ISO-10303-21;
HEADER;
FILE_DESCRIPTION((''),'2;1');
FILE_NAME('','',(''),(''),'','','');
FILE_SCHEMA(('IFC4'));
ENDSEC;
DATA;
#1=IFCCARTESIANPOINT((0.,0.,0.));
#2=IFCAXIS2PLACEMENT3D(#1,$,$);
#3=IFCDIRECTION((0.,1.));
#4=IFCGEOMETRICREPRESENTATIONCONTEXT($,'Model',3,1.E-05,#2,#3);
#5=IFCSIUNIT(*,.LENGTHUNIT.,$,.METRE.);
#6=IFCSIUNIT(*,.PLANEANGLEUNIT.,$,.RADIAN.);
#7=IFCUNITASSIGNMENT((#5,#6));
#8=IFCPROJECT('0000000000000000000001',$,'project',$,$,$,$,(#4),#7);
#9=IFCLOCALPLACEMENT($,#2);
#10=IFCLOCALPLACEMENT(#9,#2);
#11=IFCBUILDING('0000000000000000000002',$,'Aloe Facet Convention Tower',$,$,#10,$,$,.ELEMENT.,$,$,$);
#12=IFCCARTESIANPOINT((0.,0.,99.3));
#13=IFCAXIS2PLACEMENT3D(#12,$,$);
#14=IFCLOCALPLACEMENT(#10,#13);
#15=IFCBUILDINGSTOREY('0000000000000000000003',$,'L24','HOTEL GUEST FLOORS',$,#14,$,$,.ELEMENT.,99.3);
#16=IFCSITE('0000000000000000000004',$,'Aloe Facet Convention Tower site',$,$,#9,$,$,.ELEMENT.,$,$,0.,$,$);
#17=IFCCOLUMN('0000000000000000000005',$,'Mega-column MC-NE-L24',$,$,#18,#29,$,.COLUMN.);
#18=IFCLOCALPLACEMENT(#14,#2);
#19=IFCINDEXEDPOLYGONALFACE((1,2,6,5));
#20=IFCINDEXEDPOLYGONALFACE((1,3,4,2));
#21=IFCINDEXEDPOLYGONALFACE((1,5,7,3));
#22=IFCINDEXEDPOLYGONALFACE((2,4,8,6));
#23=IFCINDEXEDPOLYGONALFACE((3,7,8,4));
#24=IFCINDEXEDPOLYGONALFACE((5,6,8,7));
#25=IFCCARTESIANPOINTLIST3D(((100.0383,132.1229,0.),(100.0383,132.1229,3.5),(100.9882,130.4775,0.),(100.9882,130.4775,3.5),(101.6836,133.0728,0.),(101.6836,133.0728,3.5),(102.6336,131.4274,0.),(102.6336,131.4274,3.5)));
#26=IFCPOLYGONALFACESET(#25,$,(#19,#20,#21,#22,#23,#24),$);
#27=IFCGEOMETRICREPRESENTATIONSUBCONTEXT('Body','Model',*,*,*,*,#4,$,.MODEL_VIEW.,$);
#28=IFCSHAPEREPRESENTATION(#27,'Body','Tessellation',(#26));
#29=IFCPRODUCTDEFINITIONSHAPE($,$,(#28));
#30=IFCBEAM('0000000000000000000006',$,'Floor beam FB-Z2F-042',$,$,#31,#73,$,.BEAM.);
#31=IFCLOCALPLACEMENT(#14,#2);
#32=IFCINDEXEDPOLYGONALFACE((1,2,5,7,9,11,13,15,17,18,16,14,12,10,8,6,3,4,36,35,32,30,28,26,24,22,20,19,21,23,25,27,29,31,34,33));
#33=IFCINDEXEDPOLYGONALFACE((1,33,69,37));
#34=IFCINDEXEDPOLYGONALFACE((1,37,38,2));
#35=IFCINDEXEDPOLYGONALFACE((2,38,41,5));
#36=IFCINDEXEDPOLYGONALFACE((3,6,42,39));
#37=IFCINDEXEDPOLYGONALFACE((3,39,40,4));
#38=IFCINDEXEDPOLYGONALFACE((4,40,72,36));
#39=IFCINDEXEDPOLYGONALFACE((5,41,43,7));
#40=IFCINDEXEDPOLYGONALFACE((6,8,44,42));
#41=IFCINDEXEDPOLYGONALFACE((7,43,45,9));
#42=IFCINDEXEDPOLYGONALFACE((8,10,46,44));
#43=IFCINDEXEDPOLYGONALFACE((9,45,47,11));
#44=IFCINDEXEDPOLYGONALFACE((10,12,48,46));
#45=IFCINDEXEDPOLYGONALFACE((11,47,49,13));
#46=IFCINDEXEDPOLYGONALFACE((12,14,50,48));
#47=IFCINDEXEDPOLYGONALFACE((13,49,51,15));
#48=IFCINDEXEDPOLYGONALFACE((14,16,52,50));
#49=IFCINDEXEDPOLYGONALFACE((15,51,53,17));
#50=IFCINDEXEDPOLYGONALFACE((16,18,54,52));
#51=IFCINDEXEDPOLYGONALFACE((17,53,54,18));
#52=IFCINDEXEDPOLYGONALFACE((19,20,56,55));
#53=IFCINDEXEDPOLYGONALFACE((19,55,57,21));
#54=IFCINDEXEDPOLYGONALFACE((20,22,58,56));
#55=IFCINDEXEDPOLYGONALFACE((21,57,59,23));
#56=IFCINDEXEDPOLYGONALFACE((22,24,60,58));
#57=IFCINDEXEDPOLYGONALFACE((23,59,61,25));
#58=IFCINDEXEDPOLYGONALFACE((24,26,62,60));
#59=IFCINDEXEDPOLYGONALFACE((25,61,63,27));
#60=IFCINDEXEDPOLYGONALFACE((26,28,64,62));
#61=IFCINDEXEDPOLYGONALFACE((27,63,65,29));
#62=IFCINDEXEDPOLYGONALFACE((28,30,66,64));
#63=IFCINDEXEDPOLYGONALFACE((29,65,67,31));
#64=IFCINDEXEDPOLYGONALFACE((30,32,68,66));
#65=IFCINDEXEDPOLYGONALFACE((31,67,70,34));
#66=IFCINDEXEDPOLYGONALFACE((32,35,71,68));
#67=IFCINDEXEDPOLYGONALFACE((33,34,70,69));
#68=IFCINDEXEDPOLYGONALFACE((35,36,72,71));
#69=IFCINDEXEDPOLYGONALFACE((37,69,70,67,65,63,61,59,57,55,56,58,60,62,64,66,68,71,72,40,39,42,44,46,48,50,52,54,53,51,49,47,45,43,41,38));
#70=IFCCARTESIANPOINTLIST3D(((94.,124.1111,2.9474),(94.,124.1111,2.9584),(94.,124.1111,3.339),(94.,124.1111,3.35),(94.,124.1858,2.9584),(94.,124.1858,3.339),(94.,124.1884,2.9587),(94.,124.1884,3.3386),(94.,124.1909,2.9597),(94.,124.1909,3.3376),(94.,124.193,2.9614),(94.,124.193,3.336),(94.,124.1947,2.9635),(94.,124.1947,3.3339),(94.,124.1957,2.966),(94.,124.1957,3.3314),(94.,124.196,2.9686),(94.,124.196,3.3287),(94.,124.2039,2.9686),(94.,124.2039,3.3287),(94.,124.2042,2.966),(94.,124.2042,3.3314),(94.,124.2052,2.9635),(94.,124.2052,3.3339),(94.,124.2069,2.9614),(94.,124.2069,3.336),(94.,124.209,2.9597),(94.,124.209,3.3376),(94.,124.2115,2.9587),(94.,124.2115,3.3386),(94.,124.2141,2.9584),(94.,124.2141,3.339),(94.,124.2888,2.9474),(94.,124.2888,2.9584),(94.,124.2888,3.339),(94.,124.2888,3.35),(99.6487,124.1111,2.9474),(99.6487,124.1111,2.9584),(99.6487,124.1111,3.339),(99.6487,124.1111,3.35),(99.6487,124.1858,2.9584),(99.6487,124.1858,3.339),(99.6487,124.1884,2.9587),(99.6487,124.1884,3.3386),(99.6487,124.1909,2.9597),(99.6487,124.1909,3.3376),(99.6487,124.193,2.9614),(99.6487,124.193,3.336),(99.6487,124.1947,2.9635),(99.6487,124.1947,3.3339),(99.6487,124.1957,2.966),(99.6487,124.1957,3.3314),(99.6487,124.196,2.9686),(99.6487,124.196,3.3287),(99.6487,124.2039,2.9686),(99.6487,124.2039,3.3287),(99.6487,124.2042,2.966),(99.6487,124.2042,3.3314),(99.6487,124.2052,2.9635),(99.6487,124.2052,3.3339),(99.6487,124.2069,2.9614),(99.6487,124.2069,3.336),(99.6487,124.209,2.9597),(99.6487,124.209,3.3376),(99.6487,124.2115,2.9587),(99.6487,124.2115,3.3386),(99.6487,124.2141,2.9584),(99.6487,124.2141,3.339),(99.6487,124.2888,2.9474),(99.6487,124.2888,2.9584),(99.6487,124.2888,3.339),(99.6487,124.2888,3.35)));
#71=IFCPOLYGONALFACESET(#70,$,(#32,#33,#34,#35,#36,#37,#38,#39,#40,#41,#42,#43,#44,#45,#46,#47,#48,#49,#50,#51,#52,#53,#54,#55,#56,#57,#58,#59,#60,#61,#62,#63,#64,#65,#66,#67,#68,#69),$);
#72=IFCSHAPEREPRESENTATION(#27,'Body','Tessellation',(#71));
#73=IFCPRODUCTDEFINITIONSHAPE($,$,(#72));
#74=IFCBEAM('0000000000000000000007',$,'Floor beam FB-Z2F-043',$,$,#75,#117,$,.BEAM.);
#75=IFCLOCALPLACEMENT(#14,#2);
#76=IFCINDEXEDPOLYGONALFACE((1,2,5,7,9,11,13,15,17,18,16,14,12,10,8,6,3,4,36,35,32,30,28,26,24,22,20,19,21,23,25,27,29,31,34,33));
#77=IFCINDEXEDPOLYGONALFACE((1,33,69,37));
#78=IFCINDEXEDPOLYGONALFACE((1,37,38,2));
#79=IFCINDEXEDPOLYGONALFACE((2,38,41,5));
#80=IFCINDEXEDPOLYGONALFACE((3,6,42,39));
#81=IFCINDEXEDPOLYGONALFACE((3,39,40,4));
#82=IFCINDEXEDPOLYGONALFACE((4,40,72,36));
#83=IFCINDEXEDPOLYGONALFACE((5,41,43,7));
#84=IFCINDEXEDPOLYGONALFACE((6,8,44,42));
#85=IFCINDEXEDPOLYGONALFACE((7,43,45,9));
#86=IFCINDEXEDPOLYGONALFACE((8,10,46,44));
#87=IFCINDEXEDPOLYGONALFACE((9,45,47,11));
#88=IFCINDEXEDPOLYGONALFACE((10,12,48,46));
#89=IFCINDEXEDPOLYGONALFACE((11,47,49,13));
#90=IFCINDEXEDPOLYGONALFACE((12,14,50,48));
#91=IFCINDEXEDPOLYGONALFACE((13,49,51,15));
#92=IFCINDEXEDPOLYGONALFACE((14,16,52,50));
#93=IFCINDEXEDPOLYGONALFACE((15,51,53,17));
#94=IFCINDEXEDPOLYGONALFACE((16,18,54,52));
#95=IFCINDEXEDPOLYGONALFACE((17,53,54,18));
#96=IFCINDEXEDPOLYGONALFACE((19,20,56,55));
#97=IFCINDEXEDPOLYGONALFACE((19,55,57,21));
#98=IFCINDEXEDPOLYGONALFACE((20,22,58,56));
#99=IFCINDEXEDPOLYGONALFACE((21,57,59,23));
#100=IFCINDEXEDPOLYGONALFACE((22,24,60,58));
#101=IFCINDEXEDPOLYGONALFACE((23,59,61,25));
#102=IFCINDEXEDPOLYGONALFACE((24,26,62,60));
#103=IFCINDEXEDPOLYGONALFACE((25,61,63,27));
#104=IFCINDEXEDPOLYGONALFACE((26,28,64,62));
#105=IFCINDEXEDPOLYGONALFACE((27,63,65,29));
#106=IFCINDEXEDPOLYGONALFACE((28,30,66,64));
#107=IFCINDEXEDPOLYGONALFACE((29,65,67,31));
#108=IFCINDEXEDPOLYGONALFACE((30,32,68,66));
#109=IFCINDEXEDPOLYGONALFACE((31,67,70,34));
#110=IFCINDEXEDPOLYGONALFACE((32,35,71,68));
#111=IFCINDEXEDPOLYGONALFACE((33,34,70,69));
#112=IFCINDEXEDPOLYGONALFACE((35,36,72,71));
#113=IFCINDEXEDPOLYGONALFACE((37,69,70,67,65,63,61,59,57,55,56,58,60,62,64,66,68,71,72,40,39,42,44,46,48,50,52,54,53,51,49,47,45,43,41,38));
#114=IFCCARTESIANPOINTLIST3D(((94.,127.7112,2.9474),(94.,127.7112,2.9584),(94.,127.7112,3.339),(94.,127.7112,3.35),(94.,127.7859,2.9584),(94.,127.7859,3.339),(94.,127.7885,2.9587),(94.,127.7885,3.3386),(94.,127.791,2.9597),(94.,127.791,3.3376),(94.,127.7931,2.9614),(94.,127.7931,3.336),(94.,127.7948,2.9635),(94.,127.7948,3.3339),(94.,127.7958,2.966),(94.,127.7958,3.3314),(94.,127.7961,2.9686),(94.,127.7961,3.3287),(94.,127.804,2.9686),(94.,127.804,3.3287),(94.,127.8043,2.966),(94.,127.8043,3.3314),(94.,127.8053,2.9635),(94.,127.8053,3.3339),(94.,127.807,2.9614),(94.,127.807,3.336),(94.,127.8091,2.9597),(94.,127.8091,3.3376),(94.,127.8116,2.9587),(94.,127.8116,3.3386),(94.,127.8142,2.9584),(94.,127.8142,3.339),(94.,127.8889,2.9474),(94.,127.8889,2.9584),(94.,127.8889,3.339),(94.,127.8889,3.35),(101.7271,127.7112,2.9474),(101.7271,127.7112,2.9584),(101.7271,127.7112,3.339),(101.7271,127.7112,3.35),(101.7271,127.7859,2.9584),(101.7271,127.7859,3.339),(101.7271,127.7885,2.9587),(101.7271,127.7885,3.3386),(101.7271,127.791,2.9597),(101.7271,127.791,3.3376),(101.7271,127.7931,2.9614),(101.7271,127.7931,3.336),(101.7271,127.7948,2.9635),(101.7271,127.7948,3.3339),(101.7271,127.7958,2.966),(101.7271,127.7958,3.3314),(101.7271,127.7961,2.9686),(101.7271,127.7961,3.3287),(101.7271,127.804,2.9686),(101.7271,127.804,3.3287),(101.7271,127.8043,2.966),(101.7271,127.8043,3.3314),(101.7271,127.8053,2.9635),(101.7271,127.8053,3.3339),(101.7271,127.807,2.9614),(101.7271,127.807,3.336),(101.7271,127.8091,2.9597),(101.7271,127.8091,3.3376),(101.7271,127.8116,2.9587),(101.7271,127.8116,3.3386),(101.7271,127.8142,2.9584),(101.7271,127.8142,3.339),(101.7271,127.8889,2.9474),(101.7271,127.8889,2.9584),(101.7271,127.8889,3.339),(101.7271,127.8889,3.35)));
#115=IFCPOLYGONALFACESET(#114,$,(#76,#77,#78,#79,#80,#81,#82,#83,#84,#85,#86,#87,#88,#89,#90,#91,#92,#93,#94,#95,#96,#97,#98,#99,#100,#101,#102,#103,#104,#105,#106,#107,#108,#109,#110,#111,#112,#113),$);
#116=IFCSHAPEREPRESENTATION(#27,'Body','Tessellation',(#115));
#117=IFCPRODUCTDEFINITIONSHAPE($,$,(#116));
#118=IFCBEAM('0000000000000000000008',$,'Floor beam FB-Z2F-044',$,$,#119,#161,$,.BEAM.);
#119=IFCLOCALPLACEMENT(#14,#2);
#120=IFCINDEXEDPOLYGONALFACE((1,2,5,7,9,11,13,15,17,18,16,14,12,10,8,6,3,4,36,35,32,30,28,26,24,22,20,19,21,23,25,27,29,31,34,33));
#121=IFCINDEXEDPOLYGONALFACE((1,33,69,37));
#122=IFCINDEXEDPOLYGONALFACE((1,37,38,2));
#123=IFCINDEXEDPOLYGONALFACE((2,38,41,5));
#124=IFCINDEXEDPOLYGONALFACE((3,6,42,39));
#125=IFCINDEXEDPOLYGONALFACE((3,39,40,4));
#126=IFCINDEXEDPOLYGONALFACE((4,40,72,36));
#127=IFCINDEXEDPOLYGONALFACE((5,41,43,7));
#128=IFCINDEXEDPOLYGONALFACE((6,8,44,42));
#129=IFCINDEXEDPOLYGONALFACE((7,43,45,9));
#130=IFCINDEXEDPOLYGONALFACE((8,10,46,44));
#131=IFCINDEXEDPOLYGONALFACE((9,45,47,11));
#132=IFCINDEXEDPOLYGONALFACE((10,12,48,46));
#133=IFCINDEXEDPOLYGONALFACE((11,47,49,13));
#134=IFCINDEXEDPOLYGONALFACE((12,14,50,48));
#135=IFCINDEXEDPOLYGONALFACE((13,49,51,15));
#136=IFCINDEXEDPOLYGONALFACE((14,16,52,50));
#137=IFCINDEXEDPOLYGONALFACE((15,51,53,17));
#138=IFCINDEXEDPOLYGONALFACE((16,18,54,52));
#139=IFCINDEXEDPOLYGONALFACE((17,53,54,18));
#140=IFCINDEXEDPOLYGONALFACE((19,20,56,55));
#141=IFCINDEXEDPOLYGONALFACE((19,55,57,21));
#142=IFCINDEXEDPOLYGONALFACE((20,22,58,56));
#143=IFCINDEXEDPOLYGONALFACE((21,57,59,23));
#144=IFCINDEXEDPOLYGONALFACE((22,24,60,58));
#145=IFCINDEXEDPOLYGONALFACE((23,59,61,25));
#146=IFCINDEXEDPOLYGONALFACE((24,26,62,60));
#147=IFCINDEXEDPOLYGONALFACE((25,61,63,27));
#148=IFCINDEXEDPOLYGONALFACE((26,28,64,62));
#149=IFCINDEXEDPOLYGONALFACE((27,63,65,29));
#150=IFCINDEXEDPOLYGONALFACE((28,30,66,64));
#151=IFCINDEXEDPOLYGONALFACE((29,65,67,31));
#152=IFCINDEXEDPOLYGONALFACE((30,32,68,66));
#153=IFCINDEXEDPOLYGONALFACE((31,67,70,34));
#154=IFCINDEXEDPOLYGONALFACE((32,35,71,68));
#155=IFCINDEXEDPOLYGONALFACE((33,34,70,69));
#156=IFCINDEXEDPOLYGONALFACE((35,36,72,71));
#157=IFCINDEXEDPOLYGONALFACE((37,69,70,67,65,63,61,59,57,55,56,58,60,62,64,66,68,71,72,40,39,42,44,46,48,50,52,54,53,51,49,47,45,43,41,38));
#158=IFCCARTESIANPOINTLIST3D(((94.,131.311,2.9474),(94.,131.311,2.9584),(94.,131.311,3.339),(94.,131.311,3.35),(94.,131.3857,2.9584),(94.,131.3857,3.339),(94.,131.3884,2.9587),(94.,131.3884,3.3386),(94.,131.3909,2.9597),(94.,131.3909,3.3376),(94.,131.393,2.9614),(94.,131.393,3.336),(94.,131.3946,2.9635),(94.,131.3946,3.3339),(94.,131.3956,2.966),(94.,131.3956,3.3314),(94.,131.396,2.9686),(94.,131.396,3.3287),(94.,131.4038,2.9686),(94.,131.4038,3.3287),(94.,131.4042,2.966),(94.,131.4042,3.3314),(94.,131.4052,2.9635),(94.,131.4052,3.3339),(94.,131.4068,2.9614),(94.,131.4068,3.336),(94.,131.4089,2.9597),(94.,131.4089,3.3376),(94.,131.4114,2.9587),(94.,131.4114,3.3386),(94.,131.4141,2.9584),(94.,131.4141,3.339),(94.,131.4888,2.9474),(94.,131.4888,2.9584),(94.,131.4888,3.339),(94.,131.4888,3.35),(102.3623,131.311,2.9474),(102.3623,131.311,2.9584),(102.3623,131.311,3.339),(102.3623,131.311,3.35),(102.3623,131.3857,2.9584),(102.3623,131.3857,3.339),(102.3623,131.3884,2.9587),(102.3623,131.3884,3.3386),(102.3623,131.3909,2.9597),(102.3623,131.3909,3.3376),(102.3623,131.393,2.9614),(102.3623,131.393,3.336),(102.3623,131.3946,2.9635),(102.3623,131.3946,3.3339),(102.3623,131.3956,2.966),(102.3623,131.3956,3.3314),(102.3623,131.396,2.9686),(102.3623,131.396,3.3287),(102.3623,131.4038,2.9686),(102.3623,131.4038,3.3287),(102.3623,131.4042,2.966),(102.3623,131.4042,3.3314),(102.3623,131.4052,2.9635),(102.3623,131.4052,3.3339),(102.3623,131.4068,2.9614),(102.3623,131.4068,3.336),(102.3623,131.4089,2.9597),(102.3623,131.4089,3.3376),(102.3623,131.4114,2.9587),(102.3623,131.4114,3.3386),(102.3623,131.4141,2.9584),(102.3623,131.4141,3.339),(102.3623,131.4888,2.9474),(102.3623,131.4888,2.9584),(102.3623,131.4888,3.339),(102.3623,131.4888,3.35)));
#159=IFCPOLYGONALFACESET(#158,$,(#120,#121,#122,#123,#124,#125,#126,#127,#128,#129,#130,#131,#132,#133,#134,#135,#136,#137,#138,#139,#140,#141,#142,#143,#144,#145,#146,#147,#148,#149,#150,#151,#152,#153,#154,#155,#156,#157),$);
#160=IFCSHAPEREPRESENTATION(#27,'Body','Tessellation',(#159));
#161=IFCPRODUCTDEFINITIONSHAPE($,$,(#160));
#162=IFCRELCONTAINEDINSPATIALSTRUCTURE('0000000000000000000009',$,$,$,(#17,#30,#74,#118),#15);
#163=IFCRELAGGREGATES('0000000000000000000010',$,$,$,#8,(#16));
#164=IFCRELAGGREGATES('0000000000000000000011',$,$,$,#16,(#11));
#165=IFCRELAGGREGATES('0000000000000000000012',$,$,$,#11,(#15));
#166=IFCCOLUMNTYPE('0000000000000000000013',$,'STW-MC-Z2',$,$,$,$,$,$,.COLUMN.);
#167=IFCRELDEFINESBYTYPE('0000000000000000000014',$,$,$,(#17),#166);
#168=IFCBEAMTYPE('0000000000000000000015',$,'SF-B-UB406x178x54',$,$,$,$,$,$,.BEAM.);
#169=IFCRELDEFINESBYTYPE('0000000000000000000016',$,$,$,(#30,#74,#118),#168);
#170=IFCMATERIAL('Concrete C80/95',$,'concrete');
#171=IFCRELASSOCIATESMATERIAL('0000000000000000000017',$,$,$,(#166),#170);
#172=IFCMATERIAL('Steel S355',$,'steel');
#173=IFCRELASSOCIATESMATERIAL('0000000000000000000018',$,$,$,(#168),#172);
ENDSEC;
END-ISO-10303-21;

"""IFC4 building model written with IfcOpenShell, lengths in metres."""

from ifc_helpers import new_model, si_unit, direction, frame, origin, origin_2d, place, context, subcontext, project, spatial, rectangle, i_section, extrude, material, material_profile, profile_set, type_object, element, save


model = new_model("IFC4")

# Units and contexts
model_context = context("Model", 3, precision=1e-05, world=origin(), true_north=direction((0.0, 1.0)))
body_context = subcontext(model_context, "Body", "Model", "MODEL_VIEW")
ifc_project = project(units=[si_unit("LENGTHUNIT", "METRE"), si_unit("PLANEANGLEUNIT", "RADIAN")], contexts=[model_context])

# Site, building, storey
site_placement = place(None, origin())
site = spatial("IfcSite", under=ifc_project, at=site_placement, Name="Aloe Facet Convention Tower site", CompositionType="ELEMENT", RefElevation=0.0)
building_placement = place(site_placement, origin())
building = spatial("IfcBuilding", under=site, at=building_placement, Name="Aloe Facet Convention Tower", CompositionType="ELEMENT")
storey_placement = place(building_placement, frame((0.0, 0.0, 99.3)))
storey = spatial("IfcBuildingStorey", under=building, at=storey_placement, Name="L24", Description="HOTEL GUEST FLOORS", CompositionType="ELEMENT", Elevation=99.3)

# Column
ifc_material_1 = material(Name="Concrete C80/95", Category="concrete")
ifc_material_profile_1 = material_profile(ifc_material_1, rectangle(XDim=1.8999, YDim=1.8999, at=origin_2d()), Name="STW-MC-Z2")
ifc_profile_set_1 = profile_set([ifc_material_profile_1], Name="Concrete C80/95")
column_type = type_object("IfcColumnType", Name="STW-MC-Z2", PredefinedType="COLUMN", material=ifc_profile_set_1)
column_placement = place(storey_placement, frame((101.3359, 131.7751, 0.0), z_axis=(0.0, 0.0, 1.0), x_axis=(-0.5, 0.866025, 0.0)))
element("IfcColumn", 1, at=column_placement, inside=storey, type_object=column_type, Name="Mega-column MC-NE-L24", PredefinedType="COLUMN", context=body_context, shape_type="SweptSolid", body=[
    extrude(rectangle(XDim=1.8999, YDim=1.8999, at=origin_2d()), origin(), (0.0, 0.0, 1.0), 3.5),
])

# Beams
ifc_material_2 = material(Name="Steel S355", Category="steel")
ifc_material_profile_2 = material_profile(ifc_material_2, i_section(OverallWidth=0.1777, OverallDepth=0.4026, WebThickness=0.0078, FlangeThickness=0.011, FilletRadius=0.0103, at=origin_2d()), Name="UB 406x178x54")
ifc_profile_set_2 = profile_set([ifc_material_profile_2], Name="Steel S355")
beam_type_1 = type_object("IfcBeamType", Name="SF-B-UB406x178x54", PredefinedType="BEAM", material=ifc_profile_set_2)
beam_1_placement = place(storey_placement, frame((94.0, 124.2, 3.1487), z_axis=(1.0, 0.0, 0.0), x_axis=(0.0, 1.0, 0.0)))
element("IfcBeam", 2, at=beam_1_placement, inside=storey, type_object=beam_type_1, Name="Floor beam FB-Z2F-042", PredefinedType="BEAM", context=body_context, shape_type="SweptSolid", body=[
    extrude(i_section(OverallWidth=0.1777, OverallDepth=0.4026, WebThickness=0.0078, FlangeThickness=0.011, FilletRadius=0.0103, at=origin_2d()), origin(), (0.0, 0.0, 1.0), 5.6487),
])
beam_2_placement = place(storey_placement, frame((94.0, 127.8, 3.1487), z_axis=(1.0, 0.0, 0.0), x_axis=(0.0, 1.0, 0.0)))
element("IfcBeam", 3, at=beam_2_placement, inside=storey, type_object=beam_type_1, Name="Floor beam FB-Z2F-043", PredefinedType="BEAM", context=body_context, shape_type="SweptSolid", body=[
    extrude(i_section(OverallWidth=0.1777, OverallDepth=0.4026, WebThickness=0.0078, FlangeThickness=0.011, FilletRadius=0.0103, at=origin_2d()), origin(), (0.0, 0.0, 1.0), 7.7271),
])
beam_3_placement = place(storey_placement, frame((94.0, 131.3999, 3.1487), z_axis=(1.0, 0.0, 0.0), x_axis=(0.0, 1.0, 0.0)))
element("IfcBeam", 4, at=beam_3_placement, inside=storey, type_object=beam_type_1, Name="Floor beam FB-Z2F-044", PredefinedType="BEAM", context=body_context, shape_type="SweptSolid", body=[
    extrude(i_section(OverallWidth=0.1777, OverallDepth=0.4026, WebThickness=0.0078, FlangeThickness=0.011, FilletRadius=0.0103, at=origin_2d()), origin(), (0.0, 0.0, 1.0), 8.3623),
])

save(model, "model.ifc")
